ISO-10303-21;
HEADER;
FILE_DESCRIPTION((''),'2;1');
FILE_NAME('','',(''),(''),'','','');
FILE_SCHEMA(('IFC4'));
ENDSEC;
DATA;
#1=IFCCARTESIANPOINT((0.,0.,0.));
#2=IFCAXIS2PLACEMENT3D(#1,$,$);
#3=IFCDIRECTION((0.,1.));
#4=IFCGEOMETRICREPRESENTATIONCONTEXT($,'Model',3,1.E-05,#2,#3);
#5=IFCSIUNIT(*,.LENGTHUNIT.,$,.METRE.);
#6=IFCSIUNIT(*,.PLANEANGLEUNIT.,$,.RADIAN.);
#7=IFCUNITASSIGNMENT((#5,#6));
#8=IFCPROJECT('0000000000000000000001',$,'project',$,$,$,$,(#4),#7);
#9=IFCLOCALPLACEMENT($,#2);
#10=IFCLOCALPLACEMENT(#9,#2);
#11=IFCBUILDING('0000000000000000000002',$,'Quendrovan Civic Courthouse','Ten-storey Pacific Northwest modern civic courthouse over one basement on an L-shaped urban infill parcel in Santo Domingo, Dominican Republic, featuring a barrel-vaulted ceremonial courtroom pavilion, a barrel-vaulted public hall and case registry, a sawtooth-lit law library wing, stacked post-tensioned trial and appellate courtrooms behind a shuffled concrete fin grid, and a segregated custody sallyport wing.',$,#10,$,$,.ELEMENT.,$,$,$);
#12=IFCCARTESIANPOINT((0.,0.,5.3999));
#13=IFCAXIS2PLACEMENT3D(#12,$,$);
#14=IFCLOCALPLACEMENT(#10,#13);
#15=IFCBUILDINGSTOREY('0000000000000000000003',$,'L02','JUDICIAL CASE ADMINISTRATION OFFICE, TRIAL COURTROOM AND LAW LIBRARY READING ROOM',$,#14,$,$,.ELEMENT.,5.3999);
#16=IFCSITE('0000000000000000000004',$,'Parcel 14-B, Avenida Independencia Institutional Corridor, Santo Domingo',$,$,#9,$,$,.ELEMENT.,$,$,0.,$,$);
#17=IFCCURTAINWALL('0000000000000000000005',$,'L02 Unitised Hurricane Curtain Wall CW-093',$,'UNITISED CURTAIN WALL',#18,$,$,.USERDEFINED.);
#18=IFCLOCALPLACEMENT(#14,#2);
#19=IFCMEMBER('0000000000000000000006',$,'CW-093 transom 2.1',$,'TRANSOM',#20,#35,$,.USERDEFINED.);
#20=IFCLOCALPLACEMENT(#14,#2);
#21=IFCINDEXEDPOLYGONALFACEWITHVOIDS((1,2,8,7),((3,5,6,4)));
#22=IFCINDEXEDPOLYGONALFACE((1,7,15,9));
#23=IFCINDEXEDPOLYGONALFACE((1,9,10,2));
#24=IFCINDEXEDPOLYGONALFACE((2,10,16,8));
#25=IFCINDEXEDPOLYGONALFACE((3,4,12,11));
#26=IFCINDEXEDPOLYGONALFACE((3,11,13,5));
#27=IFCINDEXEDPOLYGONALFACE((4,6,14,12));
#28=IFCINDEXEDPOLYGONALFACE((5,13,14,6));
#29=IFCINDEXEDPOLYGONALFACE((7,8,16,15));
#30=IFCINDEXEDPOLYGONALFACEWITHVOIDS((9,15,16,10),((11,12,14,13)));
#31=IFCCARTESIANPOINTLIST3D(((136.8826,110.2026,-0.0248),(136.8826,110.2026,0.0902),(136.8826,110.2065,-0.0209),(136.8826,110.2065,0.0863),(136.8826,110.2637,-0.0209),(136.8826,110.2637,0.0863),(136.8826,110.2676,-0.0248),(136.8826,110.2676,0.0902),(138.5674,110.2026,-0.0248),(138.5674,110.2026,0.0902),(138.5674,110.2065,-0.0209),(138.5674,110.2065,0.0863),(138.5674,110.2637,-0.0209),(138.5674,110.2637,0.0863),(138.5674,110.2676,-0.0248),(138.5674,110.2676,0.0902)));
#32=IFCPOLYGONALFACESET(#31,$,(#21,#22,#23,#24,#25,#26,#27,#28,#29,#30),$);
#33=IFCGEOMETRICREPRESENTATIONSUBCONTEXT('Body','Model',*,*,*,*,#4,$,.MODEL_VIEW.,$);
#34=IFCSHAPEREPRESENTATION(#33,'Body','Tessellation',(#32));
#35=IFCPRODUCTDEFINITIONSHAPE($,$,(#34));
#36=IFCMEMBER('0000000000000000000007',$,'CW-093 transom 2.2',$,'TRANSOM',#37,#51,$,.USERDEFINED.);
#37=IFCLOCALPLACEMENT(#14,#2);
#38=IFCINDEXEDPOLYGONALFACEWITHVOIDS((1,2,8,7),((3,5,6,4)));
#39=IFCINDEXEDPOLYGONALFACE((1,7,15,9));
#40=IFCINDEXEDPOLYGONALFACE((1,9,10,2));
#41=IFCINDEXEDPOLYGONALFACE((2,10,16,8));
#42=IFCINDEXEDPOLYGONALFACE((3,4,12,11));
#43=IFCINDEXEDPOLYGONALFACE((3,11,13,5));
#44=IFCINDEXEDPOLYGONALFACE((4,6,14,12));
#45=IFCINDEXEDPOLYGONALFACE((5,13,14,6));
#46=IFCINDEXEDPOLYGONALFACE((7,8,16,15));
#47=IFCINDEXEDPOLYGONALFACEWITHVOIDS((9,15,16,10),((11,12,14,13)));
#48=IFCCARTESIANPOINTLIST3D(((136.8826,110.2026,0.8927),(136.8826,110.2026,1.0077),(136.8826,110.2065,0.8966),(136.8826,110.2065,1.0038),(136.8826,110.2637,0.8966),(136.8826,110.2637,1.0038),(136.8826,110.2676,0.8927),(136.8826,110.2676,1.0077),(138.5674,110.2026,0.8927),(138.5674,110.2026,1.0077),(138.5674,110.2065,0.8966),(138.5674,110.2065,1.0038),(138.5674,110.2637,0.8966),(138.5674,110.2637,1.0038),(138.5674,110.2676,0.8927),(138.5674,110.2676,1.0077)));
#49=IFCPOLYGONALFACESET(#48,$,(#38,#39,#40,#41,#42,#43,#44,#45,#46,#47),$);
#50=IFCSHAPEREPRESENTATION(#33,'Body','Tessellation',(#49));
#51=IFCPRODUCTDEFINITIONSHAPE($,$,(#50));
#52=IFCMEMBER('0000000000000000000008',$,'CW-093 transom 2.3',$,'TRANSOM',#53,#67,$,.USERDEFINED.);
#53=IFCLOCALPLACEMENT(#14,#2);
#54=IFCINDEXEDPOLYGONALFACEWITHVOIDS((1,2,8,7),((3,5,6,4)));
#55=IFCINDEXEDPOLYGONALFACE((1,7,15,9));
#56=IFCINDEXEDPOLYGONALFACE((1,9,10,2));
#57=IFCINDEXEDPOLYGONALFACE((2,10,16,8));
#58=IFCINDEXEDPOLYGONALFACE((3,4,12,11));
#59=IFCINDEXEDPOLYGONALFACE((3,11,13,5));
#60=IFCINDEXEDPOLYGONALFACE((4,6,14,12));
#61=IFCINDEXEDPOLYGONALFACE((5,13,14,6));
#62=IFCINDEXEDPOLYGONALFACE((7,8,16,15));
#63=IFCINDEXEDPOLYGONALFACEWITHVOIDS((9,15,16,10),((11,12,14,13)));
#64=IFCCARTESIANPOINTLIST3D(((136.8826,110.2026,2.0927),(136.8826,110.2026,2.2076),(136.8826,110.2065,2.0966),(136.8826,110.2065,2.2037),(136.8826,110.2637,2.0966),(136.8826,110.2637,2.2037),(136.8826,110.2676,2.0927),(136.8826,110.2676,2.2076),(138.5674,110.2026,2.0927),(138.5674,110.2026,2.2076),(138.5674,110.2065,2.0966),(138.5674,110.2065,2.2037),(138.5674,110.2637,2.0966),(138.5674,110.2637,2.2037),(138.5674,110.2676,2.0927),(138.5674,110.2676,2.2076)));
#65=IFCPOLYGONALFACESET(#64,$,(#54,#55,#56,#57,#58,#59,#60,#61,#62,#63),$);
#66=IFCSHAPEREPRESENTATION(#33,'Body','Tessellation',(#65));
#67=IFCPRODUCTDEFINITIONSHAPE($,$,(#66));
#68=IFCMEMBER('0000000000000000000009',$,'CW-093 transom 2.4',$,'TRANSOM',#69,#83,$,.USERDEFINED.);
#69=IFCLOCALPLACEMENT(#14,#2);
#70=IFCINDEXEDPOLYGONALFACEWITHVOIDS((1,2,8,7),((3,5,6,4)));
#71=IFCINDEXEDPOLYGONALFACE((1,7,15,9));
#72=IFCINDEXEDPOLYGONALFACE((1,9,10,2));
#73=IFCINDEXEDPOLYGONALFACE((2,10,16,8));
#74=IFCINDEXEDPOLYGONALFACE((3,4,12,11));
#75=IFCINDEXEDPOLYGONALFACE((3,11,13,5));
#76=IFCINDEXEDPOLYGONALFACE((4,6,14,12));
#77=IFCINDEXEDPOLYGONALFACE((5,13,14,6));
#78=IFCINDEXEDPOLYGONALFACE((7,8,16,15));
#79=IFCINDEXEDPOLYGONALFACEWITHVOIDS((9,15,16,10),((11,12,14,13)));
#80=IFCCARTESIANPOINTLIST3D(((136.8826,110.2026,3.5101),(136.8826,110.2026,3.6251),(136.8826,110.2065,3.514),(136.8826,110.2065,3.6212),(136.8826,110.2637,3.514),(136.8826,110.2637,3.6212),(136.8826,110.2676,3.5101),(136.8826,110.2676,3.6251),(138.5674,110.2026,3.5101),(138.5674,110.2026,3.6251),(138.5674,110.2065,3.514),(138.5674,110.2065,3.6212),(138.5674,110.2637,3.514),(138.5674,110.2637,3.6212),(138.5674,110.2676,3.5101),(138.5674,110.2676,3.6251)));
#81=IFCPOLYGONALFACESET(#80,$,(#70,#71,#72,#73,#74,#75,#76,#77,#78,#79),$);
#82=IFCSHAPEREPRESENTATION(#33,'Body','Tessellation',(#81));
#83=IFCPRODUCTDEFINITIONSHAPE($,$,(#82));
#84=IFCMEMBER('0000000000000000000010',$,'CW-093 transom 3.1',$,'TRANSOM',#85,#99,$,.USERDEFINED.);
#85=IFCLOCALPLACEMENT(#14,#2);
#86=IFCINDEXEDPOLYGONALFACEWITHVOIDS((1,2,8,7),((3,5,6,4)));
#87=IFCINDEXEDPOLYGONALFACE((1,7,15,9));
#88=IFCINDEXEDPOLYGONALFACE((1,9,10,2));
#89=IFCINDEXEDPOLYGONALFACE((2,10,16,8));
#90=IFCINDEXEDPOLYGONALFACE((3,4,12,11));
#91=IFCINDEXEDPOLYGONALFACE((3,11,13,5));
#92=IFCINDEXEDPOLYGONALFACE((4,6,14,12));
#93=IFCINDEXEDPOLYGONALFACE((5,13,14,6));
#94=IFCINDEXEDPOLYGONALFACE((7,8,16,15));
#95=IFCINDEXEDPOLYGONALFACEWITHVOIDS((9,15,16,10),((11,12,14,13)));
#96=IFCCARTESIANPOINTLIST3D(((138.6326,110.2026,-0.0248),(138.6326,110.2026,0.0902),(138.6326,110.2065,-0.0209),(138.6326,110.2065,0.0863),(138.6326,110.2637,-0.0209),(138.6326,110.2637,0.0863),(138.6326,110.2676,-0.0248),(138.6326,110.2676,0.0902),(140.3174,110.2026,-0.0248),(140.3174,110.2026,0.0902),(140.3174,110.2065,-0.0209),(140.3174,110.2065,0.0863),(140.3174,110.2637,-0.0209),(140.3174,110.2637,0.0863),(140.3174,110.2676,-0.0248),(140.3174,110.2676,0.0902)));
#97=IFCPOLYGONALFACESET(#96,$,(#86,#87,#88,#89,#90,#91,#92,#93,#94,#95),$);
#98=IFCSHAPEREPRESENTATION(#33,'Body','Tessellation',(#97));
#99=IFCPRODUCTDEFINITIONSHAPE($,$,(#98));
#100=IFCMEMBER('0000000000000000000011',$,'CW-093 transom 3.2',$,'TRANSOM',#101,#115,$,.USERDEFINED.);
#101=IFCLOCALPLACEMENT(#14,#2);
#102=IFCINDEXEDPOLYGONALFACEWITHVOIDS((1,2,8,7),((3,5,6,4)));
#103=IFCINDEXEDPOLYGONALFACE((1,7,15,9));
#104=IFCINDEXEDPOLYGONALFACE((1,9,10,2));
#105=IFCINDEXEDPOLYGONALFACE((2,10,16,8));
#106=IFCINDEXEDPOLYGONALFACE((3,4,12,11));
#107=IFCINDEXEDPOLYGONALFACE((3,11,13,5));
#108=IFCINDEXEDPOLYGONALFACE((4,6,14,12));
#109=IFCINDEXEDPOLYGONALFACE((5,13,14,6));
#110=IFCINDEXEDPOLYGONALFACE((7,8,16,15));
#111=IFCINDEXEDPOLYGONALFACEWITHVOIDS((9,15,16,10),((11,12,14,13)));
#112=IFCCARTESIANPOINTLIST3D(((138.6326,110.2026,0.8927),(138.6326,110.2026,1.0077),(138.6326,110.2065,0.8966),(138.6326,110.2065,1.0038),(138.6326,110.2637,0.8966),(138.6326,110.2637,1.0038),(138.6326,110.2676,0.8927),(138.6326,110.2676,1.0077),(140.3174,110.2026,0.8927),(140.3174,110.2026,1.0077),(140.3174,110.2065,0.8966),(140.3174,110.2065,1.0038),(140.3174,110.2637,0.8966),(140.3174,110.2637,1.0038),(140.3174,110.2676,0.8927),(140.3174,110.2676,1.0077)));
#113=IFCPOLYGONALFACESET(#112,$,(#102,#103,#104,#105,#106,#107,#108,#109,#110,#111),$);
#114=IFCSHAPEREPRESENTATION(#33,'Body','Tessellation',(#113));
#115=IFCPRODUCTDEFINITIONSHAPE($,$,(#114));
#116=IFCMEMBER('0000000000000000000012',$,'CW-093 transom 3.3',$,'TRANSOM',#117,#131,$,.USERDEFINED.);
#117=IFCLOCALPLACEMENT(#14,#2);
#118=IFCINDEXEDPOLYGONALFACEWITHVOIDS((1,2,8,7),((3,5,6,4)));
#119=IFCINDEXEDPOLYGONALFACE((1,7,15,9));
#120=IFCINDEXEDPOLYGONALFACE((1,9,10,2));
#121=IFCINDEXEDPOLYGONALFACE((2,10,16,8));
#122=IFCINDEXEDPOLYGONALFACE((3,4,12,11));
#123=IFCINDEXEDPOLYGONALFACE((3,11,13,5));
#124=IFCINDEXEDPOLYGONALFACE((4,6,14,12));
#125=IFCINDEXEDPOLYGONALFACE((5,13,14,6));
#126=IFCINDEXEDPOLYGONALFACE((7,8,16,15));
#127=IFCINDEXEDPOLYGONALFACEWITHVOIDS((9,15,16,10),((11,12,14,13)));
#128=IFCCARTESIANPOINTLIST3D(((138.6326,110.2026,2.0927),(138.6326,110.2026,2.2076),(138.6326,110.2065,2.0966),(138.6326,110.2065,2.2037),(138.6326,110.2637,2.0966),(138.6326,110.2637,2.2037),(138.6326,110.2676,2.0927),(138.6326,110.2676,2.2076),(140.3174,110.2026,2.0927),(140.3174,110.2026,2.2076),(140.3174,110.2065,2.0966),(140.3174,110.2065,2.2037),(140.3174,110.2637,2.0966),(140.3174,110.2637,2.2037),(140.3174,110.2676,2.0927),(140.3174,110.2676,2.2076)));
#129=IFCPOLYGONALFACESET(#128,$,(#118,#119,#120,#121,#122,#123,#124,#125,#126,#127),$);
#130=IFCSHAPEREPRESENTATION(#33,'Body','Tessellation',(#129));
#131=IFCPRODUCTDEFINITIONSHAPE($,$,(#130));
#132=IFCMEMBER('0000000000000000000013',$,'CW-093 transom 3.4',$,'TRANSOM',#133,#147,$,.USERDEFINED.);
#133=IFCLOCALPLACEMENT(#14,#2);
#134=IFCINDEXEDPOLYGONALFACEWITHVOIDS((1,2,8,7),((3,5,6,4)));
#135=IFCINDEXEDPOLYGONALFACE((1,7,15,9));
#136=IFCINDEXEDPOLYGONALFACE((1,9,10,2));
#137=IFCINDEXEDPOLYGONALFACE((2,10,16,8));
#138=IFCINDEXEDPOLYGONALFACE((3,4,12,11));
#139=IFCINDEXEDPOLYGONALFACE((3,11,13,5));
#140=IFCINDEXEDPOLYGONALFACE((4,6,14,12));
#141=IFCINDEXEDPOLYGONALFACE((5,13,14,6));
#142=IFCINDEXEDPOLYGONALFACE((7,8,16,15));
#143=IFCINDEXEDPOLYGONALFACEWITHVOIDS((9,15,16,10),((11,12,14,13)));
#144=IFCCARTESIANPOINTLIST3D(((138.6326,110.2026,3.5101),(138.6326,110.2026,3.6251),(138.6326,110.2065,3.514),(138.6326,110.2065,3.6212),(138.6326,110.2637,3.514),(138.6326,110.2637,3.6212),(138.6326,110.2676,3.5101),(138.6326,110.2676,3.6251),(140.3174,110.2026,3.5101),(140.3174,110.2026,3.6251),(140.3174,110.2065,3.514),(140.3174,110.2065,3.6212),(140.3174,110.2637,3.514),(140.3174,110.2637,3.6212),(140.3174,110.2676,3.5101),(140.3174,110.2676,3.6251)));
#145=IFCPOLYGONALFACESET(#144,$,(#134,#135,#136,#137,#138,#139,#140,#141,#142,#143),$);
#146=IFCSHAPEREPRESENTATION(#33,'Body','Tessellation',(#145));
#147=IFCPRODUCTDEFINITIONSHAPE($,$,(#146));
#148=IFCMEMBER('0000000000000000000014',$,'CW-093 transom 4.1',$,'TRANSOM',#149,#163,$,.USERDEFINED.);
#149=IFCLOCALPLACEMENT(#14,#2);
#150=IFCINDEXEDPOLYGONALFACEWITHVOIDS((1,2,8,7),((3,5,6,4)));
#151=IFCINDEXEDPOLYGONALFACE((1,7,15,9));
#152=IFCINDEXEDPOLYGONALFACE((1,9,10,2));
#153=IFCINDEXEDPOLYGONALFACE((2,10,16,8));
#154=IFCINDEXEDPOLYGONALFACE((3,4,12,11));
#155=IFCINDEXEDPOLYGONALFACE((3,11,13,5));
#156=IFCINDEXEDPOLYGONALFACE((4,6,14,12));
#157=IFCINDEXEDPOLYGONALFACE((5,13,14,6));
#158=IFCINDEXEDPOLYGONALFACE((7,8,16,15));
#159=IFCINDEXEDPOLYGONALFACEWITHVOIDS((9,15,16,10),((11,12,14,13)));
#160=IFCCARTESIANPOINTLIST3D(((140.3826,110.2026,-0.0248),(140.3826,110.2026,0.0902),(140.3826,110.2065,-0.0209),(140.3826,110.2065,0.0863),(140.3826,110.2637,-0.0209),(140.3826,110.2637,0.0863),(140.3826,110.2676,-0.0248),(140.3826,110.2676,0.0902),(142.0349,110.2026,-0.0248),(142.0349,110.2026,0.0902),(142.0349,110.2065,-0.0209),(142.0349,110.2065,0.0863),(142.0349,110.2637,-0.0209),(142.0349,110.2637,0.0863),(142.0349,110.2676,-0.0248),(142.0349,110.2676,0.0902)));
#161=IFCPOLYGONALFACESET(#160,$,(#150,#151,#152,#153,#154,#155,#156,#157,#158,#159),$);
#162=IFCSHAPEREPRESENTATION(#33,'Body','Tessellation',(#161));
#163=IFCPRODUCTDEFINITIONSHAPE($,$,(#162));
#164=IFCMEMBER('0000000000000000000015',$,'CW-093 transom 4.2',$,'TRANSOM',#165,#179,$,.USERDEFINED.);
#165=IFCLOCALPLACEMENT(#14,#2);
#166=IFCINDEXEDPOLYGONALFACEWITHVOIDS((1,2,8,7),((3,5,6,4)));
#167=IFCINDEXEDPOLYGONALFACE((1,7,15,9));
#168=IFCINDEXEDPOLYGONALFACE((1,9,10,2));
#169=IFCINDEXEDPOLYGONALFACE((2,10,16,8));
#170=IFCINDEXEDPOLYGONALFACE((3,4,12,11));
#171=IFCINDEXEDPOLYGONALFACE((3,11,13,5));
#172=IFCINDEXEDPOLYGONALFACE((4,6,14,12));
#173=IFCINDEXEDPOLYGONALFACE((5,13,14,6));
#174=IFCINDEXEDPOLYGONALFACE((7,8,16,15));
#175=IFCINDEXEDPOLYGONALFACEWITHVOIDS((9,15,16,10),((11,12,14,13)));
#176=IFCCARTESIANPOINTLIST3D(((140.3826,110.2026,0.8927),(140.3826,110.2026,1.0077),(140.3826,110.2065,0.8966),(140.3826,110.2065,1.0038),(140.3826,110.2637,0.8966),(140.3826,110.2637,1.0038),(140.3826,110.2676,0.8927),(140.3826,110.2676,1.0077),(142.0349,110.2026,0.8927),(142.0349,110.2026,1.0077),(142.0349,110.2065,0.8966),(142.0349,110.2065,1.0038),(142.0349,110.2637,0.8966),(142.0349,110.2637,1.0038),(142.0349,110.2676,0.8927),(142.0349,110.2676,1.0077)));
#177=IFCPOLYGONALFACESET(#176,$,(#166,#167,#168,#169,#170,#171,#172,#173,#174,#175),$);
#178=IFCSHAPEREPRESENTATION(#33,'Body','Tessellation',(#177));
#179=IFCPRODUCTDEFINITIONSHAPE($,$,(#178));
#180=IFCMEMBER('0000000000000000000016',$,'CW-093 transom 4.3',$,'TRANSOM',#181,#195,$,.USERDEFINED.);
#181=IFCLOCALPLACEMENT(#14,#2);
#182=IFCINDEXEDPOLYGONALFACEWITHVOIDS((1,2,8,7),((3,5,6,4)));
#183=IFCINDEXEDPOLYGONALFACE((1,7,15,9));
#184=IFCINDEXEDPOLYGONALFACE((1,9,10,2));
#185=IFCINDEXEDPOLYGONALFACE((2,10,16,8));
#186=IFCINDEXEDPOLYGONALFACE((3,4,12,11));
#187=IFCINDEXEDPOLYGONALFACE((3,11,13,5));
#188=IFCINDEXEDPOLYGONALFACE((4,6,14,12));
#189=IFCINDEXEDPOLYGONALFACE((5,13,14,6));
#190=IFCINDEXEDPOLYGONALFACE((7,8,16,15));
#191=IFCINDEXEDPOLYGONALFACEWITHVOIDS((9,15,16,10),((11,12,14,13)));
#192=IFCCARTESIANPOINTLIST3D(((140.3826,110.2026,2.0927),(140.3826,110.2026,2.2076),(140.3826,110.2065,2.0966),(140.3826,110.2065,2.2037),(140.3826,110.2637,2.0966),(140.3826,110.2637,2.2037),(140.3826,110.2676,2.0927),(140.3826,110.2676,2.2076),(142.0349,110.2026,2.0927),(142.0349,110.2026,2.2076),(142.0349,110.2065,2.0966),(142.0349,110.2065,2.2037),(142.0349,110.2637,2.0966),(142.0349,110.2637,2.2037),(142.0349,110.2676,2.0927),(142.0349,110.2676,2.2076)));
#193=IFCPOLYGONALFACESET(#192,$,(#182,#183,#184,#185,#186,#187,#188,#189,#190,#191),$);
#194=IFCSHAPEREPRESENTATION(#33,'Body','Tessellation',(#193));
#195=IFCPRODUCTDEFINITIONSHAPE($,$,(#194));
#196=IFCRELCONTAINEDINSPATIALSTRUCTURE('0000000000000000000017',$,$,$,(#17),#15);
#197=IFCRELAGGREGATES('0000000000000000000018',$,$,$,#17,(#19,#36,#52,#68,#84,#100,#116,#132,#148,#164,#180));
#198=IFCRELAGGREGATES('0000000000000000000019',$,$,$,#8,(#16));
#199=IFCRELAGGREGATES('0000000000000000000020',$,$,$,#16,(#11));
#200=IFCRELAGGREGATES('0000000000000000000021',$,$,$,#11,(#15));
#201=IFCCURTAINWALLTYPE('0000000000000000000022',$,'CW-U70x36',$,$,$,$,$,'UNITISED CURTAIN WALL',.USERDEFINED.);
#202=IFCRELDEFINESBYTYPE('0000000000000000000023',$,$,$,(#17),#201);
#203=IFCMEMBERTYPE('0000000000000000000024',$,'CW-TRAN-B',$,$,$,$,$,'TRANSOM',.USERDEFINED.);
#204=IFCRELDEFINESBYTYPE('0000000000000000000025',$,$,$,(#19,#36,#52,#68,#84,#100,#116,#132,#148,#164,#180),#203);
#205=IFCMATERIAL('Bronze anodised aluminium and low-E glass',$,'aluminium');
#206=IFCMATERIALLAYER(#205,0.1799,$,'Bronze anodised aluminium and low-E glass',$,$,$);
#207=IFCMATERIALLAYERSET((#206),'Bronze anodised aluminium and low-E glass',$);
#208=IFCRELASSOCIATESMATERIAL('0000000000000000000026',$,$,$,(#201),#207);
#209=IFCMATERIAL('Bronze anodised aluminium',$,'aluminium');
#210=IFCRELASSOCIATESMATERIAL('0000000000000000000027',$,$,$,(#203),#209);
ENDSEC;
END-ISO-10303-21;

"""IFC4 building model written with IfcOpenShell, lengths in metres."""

from ifc_helpers import new_model, si_unit, direction, frame, origin, origin_2d, place, context, subcontext, project, spatial, hollow_rectangle, extrude, material, layer, layer_set, material_profile, profile_set, type_object, element, aggregate, save


model = new_model("IFC4")

# Units and contexts
model_context = context("Model", 3, precision=1e-05, world=origin(), true_north=direction((0.0, 1.0)))
body_context = subcontext(model_context, "Body", "Model", "MODEL_VIEW")
ifc_project = project(units=[si_unit("LENGTHUNIT", "METRE"), si_unit("PLANEANGLEUNIT", "RADIAN")], contexts=[model_context])

# Site, building, storey
site_placement = place(None, origin())
site = spatial("IfcSite", under=ifc_project, at=site_placement, Name="Parcel 14-B, Avenida Independencia Institutional Corridor, Santo Domingo", CompositionType="ELEMENT", RefElevation=0.0)
building_placement = place(site_placement, origin())
building = spatial("IfcBuilding", under=site, at=building_placement, Name="Quendrovan Civic Courthouse", Description="Ten-storey Pacific Northwest modern civic courthouse over one basement on an L-shaped urban infill parcel in Santo Domingo, Dominican Republic, featuring a barrel-vaulted ceremonial courtroom pavilion, a barrel-vaulted public hall and case registry, a sawtooth-lit law library wing, stacked post-tensioned trial and appellate courtrooms behind a shuffled concrete fin grid, and a segregated custody sallyport wing.", CompositionType="ELEMENT")
storey_placement = place(building_placement, frame((0.0, 0.0, 5.3999)))
storey = spatial("IfcBuildingStorey", under=building, at=storey_placement, Name="L02", Description="JUDICIAL CASE ADMINISTRATION OFFICE, TRIAL COURTROOM AND LAW LIBRARY READING ROOM", CompositionType="ELEMENT", Elevation=5.3999)

# Curtain wall
ifc_material_1 = material(Name="Bronze anodised aluminium and low-E glass", Category="aluminium")
ifc_layer_1 = layer(ifc_material_1, 0.1799, Name="Bronze anodised aluminium and low-E glass")
ifc_layer_set_1 = layer_set([ifc_layer_1], Name="Bronze anodised aluminium and low-E glass")
curtain_wall_type = type_object("IfcCurtainWallType", Name="CW-U70x36", ElementType="UNITISED CURTAIN WALL", PredefinedType="USERDEFINED", material=ifc_layer_set_1)
ifc_material_2 = material(Name="Bronze anodised aluminium", Category="aluminium")
curtain_wall_1_placement = place(storey_placement, origin())
curtain_wall_1 = element("IfcCurtainWall", 1, at=curtain_wall_1_placement, inside=storey, type_object=curtain_wall_type, Name="L02 Unitised Hurricane Curtain Wall CW-093", ObjectType="UNITISED CURTAIN WALL", PredefinedType="USERDEFINED")

# Members
ifc_material_profile_1 = material_profile(ifc_material_2, hollow_rectangle(XDim=0.0649, YDim=0.115, WallThickness=0.0039, at=origin_2d()), Name="CW-TRAN-65x115")
ifc_profile_set_1 = profile_set([ifc_material_profile_1], Name="Bronze anodised aluminium")
member_type_1 = type_object("IfcMemberType", Name="CW-TRAN-B", ElementType="TRANSOM", PredefinedType="USERDEFINED", material=ifc_profile_set_1)
member_1_placement = place(storey_placement, frame((136.8826, 110.2351, 0.0327), z_axis=(1.0, 0.0, 0.0), x_axis=(0.0, 1.0, 0.0)))
member_1 = element("IfcMember", 2, at=member_1_placement, type_object=member_type_1, Name="CW-093 transom 2.1", ObjectType="TRANSOM", PredefinedType="USERDEFINED", context=body_context, shape_type="SweptSolid", body=[
    extrude(hollow_rectangle(XDim=0.0649, YDim=0.115, WallThickness=0.0039, at=origin_2d()), origin(), (0.0, 0.0, 1.0), 1.6848),
])
member_2_placement = place(storey_placement, frame((136.8826, 110.2351, 0.9502), z_axis=(1.0, 0.0, 0.0), x_axis=(0.0, 1.0, 0.0)))
member_2 = element("IfcMember", 3, at=member_2_placement, type_object=member_type_1, Name="CW-093 transom 2.2", ObjectType="TRANSOM", PredefinedType="USERDEFINED", context=body_context, shape_type="SweptSolid", body=[
    extrude(hollow_rectangle(XDim=0.0649, YDim=0.115, WallThickness=0.0039, at=origin_2d()), origin(), (0.0, 0.0, 1.0), 1.6848),
])
member_3_placement = place(storey_placement, frame((136.8826, 110.2351, 2.1501), z_axis=(1.0, 0.0, 0.0), x_axis=(0.0, 1.0, 0.0)))
member_3 = element("IfcMember", 4, at=member_3_placement, type_object=member_type_1, Name="CW-093 transom 2.3", ObjectType="TRANSOM", PredefinedType="USERDEFINED", context=body_context, shape_type="SweptSolid", body=[
    extrude(hollow_rectangle(XDim=0.0649, YDim=0.115, WallThickness=0.0039, at=origin_2d()), origin(), (0.0, 0.0, 1.0), 1.6848),
])
member_4_placement = place(storey_placement, frame((136.8826, 110.2351, 3.5676), z_axis=(1.0, 0.0, 0.0), x_axis=(0.0, 1.0, 0.0)))
member_4 = element("IfcMember", 5, at=member_4_placement, type_object=member_type_1, Name="CW-093 transom 2.4", ObjectType="TRANSOM", PredefinedType="USERDEFINED", context=body_context, shape_type="SweptSolid", body=[
    extrude(hollow_rectangle(XDim=0.0649, YDim=0.115, WallThickness=0.0039, at=origin_2d()), origin(), (0.0, 0.0, 1.0), 1.6848),
])
member_5_placement = place(storey_placement, frame((138.6326, 110.2351, 0.0327), z_axis=(1.0, 0.0, 0.0), x_axis=(0.0, 1.0, 0.0)))
member_5 = element("IfcMember", 6, at=member_5_placement, type_object=member_type_1, Name="CW-093 transom 3.1", ObjectType="TRANSOM", PredefinedType="USERDEFINED", context=body_context, shape_type="SweptSolid", body=[
    extrude(hollow_rectangle(XDim=0.0649, YDim=0.115, WallThickness=0.0039, at=origin_2d()), origin(), (0.0, 0.0, 1.0), 1.6848),
])
member_6_placement = place(storey_placement, frame((138.6326, 110.2351, 0.9502), z_axis=(1.0, 0.0, 0.0), x_axis=(0.0, 1.0, 0.0)))
member_6 = element("IfcMember", 7, at=member_6_placement, type_object=member_type_1, Name="CW-093 transom 3.2", ObjectType="TRANSOM", PredefinedType="USERDEFINED", context=body_context, shape_type="SweptSolid", body=[
    extrude(hollow_rectangle(XDim=0.0649, YDim=0.115, WallThickness=0.0039, at=origin_2d()), origin(), (0.0, 0.0, 1.0), 1.6848),
])
member_7_placement = place(storey_placement, frame((138.6326, 110.2351, 2.1501), z_axis=(1.0, 0.0, 0.0), x_axis=(0.0, 1.0, 0.0)))
member_7 = element("IfcMember", 8, at=member_7_placement, type_object=member_type_1, Name="CW-093 transom 3.3", ObjectType="TRANSOM", PredefinedType="USERDEFINED", context=body_context, shape_type="SweptSolid", body=[
    extrude(hollow_rectangle(XDim=0.0649, YDim=0.115, WallThickness=0.0039, at=origin_2d()), origin(), (0.0, 0.0, 1.0), 1.6848),
])
member_8_placement = place(storey_placement, frame((138.6326, 110.2351, 3.5676), z_axis=(1.0, 0.0, 0.0), x_axis=(0.0, 1.0, 0.0)))
member_8 = element("IfcMember", 9, at=member_8_placement, type_object=member_type_1, Name="CW-093 transom 3.4", ObjectType="TRANSOM", PredefinedType="USERDEFINED", context=body_context, shape_type="SweptSolid", body=[
    extrude(hollow_rectangle(XDim=0.0649, YDim=0.115, WallThickness=0.0039, at=origin_2d()), origin(), (0.0, 0.0, 1.0), 1.6848),
])
member_9_placement = place(storey_placement, frame((140.3826, 110.2351, 0.0327), z_axis=(1.0, 0.0, 0.0), x_axis=(0.0, 1.0, 0.0)))
member_9 = element("IfcMember", 10, at=member_9_placement, type_object=member_type_1, Name="CW-093 transom 4.1", ObjectType="TRANSOM", PredefinedType="USERDEFINED", context=body_context, shape_type="SweptSolid", body=[
    extrude(hollow_rectangle(XDim=0.0649, YDim=0.115, WallThickness=0.0039, at=origin_2d()), origin(), (0.0, 0.0, 1.0), 1.6523),
])
member_10_placement = place(storey_placement, frame((140.3826, 110.2351, 0.9502), z_axis=(1.0, 0.0, 0.0), x_axis=(0.0, 1.0, 0.0)))
member_10 = element("IfcMember", 11, at=member_10_placement, type_object=member_type_1, Name="CW-093 transom 4.2", ObjectType="TRANSOM", PredefinedType="USERDEFINED", context=body_context, shape_type="SweptSolid", body=[
    extrude(hollow_rectangle(XDim=0.0649, YDim=0.115, WallThickness=0.0039, at=origin_2d()), origin(), (0.0, 0.0, 1.0), 1.6523),
])
member_11_placement = place(storey_placement, frame((140.3826, 110.2351, 2.1501), z_axis=(1.0, 0.0, 0.0), x_axis=(0.0, 1.0, 0.0)))
member_11 = element("IfcMember", 12, at=member_11_placement, type_object=member_type_1, Name="CW-093 transom 4.3", ObjectType="TRANSOM", PredefinedType="USERDEFINED", context=body_context, shape_type="SweptSolid", body=[
    extrude(hollow_rectangle(XDim=0.0649, YDim=0.115, WallThickness=0.0039, at=origin_2d()), origin(), (0.0, 0.0, 1.0), 1.6523),
])

aggregate(curtain_wall_1, [member_1, member_2, member_3, member_4, member_5, member_6, member_7, member_8, member_9, member_10, member_11])

save(model, "model.ifc")
